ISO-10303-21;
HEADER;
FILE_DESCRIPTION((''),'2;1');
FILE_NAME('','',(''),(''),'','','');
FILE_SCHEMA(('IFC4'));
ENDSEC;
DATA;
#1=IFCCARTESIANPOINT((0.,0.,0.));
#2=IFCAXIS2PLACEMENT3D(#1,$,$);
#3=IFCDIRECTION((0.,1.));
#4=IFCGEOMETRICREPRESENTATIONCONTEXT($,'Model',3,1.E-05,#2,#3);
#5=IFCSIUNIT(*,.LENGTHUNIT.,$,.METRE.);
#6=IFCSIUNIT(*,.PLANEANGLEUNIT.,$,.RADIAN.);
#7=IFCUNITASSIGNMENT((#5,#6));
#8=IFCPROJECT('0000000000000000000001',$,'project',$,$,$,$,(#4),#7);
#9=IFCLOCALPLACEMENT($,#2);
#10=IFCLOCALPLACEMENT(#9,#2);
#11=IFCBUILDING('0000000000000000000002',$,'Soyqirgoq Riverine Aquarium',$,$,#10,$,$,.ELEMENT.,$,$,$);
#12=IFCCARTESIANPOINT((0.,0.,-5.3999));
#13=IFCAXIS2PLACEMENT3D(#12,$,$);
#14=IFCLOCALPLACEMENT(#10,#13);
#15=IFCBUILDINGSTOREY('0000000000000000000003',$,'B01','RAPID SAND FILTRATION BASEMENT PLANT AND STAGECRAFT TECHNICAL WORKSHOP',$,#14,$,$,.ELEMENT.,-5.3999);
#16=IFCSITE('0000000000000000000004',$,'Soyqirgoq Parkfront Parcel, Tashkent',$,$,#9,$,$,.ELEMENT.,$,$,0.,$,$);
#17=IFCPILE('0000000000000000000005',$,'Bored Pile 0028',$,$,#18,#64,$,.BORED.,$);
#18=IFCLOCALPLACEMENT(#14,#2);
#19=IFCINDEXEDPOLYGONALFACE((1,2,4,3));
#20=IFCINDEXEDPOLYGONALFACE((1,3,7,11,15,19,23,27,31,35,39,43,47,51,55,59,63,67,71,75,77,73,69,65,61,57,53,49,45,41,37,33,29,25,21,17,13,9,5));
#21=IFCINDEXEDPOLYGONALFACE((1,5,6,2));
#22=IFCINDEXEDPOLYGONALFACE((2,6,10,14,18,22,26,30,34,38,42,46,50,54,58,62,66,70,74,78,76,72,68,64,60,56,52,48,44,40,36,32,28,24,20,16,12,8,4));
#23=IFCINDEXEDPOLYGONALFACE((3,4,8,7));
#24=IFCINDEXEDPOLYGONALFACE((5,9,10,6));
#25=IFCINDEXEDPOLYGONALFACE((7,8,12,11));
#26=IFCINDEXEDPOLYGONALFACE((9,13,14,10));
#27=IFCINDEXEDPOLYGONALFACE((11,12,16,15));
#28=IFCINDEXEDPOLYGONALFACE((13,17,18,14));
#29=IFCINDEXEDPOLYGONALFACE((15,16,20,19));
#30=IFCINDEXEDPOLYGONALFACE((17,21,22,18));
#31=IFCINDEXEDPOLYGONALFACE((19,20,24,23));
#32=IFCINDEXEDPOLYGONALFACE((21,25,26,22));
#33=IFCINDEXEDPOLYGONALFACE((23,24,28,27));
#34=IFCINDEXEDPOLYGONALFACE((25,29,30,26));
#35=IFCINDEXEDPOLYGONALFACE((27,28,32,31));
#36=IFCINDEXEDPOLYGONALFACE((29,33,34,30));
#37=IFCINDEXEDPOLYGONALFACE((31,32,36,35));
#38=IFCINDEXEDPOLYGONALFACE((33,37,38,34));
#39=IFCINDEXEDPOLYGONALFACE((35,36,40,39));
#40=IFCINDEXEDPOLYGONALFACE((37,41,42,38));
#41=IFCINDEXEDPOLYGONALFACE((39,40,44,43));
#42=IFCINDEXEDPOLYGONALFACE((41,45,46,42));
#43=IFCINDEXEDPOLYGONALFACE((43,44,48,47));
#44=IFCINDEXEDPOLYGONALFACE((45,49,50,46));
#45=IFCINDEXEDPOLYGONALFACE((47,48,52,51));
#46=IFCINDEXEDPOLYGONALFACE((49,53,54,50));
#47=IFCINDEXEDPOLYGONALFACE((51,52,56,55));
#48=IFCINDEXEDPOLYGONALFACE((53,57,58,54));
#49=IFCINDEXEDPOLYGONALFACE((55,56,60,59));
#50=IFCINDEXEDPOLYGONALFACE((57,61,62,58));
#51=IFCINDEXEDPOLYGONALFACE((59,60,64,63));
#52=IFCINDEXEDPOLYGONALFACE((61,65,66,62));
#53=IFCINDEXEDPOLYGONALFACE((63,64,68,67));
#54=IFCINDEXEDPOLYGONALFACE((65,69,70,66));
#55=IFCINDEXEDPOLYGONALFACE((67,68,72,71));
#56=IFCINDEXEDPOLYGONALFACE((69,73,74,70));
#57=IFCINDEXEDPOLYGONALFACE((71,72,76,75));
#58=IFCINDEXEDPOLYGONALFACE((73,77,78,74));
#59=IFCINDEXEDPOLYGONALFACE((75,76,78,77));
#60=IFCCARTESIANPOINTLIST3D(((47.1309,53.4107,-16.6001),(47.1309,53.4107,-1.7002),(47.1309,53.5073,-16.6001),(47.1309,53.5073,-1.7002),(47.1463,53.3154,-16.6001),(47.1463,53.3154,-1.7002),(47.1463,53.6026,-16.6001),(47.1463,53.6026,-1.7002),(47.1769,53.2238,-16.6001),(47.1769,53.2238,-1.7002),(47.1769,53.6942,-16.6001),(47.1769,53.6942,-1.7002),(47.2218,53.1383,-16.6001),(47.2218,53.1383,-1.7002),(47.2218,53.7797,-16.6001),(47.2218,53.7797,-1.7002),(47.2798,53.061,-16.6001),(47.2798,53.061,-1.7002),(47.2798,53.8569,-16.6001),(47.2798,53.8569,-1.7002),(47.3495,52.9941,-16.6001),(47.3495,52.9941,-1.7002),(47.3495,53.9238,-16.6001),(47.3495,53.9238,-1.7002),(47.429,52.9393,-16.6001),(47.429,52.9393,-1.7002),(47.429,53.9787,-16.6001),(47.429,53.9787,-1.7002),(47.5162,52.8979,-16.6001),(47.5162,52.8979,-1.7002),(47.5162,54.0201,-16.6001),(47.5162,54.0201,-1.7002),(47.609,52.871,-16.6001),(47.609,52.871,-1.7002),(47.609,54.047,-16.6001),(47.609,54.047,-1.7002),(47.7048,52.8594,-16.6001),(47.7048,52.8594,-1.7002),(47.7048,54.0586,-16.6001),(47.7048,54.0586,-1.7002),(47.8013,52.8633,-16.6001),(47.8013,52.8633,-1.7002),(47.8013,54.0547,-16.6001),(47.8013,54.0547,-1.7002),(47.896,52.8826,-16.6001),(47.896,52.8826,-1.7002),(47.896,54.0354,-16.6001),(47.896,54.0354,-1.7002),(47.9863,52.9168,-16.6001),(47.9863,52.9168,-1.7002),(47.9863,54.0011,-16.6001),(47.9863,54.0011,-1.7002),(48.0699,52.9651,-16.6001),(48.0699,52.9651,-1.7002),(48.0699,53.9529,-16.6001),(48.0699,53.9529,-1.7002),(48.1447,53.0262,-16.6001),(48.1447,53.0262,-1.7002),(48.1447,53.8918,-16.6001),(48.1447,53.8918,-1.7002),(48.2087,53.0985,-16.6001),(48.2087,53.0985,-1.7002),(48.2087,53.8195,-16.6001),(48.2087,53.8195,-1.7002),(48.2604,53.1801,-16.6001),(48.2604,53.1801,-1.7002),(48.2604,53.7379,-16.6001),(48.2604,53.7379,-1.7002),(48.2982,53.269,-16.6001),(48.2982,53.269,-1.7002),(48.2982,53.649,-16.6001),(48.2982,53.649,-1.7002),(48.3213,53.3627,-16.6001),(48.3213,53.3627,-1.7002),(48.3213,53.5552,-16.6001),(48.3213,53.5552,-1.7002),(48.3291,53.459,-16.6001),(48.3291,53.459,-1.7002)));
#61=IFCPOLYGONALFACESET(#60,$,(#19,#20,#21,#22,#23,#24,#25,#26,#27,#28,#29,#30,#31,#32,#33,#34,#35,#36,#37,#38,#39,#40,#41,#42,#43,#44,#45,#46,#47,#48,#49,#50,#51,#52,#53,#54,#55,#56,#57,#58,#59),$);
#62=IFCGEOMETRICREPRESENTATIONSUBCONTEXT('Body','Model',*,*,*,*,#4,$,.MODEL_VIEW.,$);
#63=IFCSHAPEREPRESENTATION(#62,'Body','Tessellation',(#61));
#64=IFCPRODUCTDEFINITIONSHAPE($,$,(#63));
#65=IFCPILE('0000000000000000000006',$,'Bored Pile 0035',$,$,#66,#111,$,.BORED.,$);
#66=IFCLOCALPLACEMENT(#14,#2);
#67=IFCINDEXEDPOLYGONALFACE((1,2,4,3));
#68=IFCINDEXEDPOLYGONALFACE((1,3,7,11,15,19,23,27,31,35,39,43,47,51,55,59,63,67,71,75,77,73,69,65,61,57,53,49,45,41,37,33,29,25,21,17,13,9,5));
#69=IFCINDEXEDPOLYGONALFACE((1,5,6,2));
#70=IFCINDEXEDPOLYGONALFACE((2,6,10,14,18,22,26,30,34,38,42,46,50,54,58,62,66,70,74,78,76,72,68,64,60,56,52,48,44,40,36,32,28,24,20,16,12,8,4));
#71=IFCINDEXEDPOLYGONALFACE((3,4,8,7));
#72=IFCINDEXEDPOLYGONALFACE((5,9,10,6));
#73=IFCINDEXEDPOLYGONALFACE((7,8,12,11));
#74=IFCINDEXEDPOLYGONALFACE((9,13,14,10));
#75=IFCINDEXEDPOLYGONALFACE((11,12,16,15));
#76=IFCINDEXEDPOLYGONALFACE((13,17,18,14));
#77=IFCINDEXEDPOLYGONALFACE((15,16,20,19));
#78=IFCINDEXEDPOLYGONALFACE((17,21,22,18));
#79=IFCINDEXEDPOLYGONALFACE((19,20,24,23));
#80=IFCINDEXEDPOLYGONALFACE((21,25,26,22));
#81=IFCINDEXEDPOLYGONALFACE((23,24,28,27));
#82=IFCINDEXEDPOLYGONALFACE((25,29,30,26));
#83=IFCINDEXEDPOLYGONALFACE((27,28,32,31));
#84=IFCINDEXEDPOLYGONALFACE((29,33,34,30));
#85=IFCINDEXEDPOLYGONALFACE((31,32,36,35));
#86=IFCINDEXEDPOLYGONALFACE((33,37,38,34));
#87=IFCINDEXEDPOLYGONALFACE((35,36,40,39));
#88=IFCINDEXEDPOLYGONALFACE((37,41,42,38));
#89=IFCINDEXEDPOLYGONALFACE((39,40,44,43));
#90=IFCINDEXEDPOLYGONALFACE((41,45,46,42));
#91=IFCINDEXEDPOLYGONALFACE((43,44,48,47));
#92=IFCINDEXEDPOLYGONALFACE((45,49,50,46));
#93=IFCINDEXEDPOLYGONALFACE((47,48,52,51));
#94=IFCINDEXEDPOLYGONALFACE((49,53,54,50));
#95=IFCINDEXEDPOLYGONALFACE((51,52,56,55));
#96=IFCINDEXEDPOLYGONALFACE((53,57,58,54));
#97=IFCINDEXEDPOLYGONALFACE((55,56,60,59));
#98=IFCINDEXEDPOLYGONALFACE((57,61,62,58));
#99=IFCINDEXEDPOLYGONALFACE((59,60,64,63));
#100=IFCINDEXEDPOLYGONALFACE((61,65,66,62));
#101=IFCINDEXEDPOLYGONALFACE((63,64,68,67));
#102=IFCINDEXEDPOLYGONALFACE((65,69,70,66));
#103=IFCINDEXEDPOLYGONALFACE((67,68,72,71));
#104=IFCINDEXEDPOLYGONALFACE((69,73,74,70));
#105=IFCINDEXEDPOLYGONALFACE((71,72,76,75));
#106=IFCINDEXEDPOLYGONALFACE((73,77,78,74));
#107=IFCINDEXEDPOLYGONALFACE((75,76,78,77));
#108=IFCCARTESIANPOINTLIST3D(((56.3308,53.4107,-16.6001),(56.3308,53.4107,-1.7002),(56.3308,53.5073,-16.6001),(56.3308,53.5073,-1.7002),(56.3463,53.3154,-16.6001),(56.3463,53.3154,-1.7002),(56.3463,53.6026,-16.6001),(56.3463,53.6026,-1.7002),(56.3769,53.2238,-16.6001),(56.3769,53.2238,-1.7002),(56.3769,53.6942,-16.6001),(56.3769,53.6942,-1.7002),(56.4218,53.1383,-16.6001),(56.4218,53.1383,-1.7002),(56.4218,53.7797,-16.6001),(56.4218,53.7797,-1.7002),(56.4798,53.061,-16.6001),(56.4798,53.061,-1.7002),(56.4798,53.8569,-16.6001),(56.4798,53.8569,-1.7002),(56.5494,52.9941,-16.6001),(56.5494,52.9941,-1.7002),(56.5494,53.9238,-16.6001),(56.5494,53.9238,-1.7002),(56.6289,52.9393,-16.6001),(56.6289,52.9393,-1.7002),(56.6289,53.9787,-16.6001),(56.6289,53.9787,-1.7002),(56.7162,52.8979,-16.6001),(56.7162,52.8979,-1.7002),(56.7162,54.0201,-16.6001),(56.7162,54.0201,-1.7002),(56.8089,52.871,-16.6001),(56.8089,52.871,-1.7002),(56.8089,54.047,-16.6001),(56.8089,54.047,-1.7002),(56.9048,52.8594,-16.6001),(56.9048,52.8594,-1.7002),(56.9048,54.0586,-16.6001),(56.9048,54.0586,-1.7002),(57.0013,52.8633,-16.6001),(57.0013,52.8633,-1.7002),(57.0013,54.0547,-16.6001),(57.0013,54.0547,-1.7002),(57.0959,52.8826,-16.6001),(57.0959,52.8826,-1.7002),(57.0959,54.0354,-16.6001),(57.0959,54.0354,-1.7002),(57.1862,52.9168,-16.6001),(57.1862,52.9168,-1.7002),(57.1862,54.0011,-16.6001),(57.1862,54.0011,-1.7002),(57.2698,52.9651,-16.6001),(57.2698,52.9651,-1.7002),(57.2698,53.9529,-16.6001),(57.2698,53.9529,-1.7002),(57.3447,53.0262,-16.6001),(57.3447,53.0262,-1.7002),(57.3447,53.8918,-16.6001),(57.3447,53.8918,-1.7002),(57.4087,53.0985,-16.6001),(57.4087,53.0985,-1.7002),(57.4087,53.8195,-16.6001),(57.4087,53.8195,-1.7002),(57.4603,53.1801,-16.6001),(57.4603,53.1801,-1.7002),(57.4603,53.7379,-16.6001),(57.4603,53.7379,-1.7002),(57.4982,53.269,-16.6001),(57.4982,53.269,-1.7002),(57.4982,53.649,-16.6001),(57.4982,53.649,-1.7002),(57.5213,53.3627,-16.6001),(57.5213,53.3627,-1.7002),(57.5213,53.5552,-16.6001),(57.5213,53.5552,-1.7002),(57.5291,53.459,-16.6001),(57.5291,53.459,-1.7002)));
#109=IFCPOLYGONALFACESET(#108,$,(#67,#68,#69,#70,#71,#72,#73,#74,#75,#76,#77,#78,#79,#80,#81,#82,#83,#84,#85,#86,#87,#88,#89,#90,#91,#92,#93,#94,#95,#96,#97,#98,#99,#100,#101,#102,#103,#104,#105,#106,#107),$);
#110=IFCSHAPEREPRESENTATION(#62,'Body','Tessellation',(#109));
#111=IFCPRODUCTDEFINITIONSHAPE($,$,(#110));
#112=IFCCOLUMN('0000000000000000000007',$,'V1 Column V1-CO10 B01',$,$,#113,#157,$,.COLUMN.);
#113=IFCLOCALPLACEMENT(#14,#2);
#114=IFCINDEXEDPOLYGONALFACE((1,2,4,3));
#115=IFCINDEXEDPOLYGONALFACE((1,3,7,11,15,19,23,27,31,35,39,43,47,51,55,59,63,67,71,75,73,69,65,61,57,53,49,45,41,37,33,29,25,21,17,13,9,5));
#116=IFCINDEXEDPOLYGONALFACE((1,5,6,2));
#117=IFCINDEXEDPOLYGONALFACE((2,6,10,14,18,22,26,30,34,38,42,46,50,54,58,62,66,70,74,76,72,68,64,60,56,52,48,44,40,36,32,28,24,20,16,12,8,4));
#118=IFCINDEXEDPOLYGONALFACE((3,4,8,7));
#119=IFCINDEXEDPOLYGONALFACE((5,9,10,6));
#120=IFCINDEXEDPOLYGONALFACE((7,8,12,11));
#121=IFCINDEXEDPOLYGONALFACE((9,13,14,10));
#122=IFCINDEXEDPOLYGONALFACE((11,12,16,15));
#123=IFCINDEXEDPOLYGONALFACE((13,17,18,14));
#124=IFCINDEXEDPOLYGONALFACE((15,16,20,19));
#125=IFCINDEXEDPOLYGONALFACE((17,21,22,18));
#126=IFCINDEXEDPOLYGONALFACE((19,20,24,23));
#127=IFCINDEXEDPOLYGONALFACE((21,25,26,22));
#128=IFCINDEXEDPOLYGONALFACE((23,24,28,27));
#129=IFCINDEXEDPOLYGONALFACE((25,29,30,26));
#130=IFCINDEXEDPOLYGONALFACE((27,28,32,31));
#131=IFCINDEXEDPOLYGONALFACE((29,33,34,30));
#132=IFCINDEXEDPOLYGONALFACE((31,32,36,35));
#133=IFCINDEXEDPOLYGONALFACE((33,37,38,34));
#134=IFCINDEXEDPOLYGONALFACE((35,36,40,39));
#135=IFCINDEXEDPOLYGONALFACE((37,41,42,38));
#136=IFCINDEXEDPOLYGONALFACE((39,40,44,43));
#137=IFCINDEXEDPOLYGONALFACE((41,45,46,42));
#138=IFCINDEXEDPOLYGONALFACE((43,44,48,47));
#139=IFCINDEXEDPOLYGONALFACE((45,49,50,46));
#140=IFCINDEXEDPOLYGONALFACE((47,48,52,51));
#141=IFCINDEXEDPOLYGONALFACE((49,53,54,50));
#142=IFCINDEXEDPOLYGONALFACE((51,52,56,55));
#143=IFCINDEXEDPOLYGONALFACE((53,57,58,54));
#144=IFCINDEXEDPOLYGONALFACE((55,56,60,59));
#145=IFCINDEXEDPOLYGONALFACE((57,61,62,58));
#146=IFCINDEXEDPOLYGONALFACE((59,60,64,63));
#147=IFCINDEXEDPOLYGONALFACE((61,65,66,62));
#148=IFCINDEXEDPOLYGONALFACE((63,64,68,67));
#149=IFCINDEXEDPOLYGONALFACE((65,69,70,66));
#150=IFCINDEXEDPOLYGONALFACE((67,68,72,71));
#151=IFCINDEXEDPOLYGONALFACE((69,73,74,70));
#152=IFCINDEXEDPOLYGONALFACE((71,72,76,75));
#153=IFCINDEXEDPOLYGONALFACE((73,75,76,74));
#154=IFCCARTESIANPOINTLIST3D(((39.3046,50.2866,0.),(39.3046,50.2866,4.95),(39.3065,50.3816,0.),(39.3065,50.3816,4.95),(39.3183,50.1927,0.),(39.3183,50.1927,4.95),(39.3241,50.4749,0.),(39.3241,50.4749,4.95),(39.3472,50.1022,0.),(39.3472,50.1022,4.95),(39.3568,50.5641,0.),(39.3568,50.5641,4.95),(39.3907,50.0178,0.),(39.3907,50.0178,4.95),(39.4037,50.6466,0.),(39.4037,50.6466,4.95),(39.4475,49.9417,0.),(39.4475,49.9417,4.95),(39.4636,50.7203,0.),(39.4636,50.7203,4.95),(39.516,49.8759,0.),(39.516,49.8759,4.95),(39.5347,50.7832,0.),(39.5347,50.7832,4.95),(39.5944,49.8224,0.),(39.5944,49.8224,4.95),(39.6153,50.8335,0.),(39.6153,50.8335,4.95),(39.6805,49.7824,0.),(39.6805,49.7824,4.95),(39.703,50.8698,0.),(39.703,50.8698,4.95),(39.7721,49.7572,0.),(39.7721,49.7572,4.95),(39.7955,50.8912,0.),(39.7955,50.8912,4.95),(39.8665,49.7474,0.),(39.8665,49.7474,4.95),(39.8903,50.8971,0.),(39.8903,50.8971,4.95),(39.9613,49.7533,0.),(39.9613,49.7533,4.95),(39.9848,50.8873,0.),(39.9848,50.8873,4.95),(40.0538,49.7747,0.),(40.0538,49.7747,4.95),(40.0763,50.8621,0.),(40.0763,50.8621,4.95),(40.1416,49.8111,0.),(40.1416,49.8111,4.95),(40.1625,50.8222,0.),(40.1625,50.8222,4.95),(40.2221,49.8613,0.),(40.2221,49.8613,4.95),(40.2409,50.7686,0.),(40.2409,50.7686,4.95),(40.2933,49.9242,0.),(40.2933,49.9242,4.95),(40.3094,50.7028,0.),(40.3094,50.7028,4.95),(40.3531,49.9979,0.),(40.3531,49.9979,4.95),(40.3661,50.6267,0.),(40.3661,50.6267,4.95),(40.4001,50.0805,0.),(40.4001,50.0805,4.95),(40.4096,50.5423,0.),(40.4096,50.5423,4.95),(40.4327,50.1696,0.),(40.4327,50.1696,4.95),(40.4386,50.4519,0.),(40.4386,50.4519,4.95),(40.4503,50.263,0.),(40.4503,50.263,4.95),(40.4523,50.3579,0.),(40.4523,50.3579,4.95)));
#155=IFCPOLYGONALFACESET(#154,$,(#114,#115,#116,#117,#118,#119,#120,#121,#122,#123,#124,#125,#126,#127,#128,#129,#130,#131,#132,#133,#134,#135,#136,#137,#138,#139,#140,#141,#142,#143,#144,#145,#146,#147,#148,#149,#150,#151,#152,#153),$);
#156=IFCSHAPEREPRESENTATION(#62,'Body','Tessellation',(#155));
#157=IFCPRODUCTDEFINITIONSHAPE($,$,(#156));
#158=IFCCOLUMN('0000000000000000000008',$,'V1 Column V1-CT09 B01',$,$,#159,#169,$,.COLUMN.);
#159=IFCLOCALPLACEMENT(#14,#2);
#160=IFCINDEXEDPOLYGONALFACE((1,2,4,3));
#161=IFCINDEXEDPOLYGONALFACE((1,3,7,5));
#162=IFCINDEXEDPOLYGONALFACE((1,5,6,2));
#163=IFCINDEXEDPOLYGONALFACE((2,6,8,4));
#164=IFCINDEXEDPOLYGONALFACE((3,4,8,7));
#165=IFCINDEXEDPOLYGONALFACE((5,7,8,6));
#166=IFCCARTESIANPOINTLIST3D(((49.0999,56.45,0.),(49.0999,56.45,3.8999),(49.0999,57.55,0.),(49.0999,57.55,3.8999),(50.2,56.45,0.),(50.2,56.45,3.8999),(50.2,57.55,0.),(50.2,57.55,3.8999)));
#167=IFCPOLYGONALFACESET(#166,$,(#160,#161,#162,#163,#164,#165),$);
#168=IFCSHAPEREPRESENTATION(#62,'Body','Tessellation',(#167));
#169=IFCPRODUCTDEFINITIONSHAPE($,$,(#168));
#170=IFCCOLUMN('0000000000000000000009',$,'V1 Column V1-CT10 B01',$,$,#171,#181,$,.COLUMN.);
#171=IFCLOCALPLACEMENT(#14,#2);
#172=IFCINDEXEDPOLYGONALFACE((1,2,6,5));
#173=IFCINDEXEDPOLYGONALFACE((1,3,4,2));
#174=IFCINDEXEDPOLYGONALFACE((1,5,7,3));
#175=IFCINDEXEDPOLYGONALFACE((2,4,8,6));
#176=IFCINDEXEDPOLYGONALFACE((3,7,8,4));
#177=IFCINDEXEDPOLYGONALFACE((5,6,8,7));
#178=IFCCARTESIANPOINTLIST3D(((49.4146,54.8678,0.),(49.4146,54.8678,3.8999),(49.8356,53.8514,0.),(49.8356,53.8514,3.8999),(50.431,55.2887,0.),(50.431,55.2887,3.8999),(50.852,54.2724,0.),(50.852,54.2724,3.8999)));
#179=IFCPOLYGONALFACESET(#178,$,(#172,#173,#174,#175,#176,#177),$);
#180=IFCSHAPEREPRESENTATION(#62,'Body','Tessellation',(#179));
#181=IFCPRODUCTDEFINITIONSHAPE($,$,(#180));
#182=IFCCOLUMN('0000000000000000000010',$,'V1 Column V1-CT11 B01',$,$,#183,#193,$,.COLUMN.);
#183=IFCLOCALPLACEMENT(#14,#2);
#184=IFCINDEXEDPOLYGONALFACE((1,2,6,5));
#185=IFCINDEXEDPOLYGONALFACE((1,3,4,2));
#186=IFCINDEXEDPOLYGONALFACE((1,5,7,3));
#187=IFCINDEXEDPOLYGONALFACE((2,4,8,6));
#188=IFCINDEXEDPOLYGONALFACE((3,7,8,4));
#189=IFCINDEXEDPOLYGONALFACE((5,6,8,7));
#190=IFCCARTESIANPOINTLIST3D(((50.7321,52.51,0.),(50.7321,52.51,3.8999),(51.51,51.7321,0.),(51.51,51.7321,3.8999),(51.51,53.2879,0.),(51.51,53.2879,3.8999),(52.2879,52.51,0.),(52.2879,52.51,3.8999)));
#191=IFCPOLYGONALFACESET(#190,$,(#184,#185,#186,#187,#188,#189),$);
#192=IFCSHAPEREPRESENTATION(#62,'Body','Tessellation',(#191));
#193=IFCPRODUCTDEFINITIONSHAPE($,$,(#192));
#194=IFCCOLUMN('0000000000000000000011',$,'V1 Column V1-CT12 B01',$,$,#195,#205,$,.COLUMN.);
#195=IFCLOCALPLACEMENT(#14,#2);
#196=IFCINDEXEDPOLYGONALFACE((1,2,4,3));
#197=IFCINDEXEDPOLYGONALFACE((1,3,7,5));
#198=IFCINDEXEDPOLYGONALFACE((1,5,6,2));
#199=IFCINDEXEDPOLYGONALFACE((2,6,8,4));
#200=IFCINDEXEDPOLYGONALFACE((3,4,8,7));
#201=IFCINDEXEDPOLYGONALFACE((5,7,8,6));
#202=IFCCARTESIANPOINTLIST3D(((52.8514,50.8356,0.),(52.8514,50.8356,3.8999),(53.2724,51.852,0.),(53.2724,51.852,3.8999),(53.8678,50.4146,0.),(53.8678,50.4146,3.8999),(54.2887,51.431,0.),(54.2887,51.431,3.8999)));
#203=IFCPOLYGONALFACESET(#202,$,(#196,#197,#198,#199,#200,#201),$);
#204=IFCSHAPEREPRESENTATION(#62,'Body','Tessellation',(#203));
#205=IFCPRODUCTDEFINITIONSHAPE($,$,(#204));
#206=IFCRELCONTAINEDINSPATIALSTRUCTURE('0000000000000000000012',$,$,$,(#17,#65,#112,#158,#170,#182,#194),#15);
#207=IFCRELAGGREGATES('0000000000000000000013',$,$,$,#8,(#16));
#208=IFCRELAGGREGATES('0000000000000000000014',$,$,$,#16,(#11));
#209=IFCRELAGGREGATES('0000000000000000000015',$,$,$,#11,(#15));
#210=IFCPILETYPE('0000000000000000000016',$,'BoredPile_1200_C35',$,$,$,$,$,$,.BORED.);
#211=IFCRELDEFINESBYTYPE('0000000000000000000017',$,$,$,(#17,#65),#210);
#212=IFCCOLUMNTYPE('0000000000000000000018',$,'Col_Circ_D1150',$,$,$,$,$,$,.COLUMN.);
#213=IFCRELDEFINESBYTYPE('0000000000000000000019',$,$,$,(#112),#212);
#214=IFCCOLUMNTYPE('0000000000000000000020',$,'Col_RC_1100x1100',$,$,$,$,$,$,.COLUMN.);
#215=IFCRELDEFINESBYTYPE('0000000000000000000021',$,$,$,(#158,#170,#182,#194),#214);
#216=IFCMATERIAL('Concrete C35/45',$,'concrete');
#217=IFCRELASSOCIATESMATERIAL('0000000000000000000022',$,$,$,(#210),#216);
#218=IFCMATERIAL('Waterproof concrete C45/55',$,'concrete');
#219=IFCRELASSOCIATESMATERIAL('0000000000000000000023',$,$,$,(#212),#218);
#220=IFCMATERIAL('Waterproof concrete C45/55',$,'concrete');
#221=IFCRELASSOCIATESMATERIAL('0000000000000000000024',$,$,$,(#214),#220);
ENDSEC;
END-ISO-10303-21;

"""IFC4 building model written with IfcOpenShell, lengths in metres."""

from ifc_helpers import new_model, si_unit, direction, frame, origin, origin_2d, place, context, subcontext, project, spatial, rectangle, circle, extrude, material, material_profile, profile_set, type_object, element, save


model = new_model("IFC4")

# Units and contexts
model_context = context("Model", 3, precision=1e-05, world=origin(), true_north=direction((0.0, 1.0)))
body_context = subcontext(model_context, "Body", "Model", "MODEL_VIEW")
ifc_project = project(units=[si_unit("LENGTHUNIT", "METRE"), si_unit("PLANEANGLEUNIT", "RADIAN")], contexts=[model_context])

# Site, building, storey
site_placement = place(None, origin())
site = spatial("IfcSite", under=ifc_project, at=site_placement, Name="Soyqirgoq Parkfront Parcel, Tashkent", CompositionType="ELEMENT", RefElevation=0.0)
building_placement = place(site_placement, origin())
building = spatial("IfcBuilding", under=site, at=building_placement, Name="Soyqirgoq Riverine Aquarium", CompositionType="ELEMENT")
storey_placement = place(building_placement, frame((0.0, 0.0, -5.3999)))
storey = spatial("IfcBuildingStorey", under=building, at=storey_placement, Name="B01", Description="RAPID SAND FILTRATION BASEMENT PLANT AND STAGECRAFT TECHNICAL WORKSHOP", CompositionType="ELEMENT", Elevation=-5.3999)

# Piles
ifc_material_1 = material(Name="Concrete C35/45", Category="concrete")
ifc_material_profile_1 = material_profile(ifc_material_1, circle(Radius=0.6001, at=origin_2d()), Name="BP D1200")
ifc_profile_set_1 = profile_set([ifc_material_profile_1], Name="Concrete C35/45")
pile_type = type_object("IfcPileType", Name="BoredPile_1200_C35", PredefinedType="BORED", material=ifc_profile_set_1)
for number, where, z_axis, x_axis, name in (
    (1, (47.729, 53.459, -1.7002), (0.0, 0.0, -1.0), (1.0, 0.0, 0.0), "Bored Pile 0028"),
    (2, (56.929, 53.459, -1.7002), (0.0, 0.0, -1.0), (1.0, 0.0, 0.0), "Bored Pile 0035"),
):
    element("IfcPile", number, at=place(storey_placement, frame(where, z_axis=z_axis, x_axis=x_axis)), inside=storey, type_object=pile_type, Name=name, PredefinedType="BORED", context=body_context, shape_type="SweptSolid", body=[
        extrude(circle(Radius=0.6001, at=origin_2d()), origin(), (0.0, 0.0, 1.0), 14.8999),
    ])

# Columns
ifc_material_2 = material(Name="Waterproof concrete C45/55", Category="concrete")
ifc_material_profile_2 = material_profile(ifc_material_2, circle(Radius=0.575, at=origin_2d()), Name="RC-COL D1150")
ifc_profile_set_2 = profile_set([ifc_material_profile_2], Name="Waterproof concrete C45/55")
column_type_1 = type_object("IfcColumnType", Name="Col_Circ_D1150", PredefinedType="COLUMN", material=ifc_profile_set_2)
column_placement = place(storey_placement, frame((39.8784, 50.3223, 0.0), z_axis=(0.0, 0.0, 1.0), x_axis=(-0.92388, -0.382683, 0.0)))
element("IfcColumn", 3, at=column_placement, inside=storey, type_object=column_type_1, Name="V1 Column V1-CO10 B01", PredefinedType="COLUMN", context=body_context, shape_type="SweptSolid", body=[
    extrude(circle(Radius=0.575, at=origin_2d()), origin(), (0.0, 0.0, 1.0), 4.95),
])
ifc_material_3 = material(Name="Waterproof concrete C45/55", Category="concrete")
ifc_material_profile_3 = material_profile(ifc_material_3, rectangle(XDim=1.1001, YDim=1.1001, at=origin_2d()), Name="RC 1100x1100")
ifc_profile_set_3 = profile_set([ifc_material_profile_3], Name="Waterproof concrete C45/55")
column_type_2 = type_object("IfcColumnType", Name="Col_RC_1100x1100", PredefinedType="COLUMN", material=ifc_profile_set_3)
for number, where, z_axis, x_axis, name in (
    (4, (49.6499, 57.0, 0.0), (0.0, 0.0, 1.0), (-1.0, 0.0, 0.0), "V1 Column V1-CT09 B01"),
    (5, (50.1333, 54.5701, 0.0), (0.0, 0.0, 1.0), (-0.92388, -0.382683, 0.0), "V1 Column V1-CT10 B01"),
    (6, (51.51, 52.51, 0.0), (0.0, 0.0, 1.0), (-0.707107, -0.707107, 0.0), "V1 Column V1-CT11 B01"),
    (7, (53.5701, 51.1333, 0.0), (0.0, 0.0, 1.0), (-0.382683, -0.92388, 0.0), "V1 Column V1-CT12 B01"),
):
    element("IfcColumn", number, at=place(storey_placement, frame(where, z_axis=z_axis, x_axis=x_axis)), inside=storey, type_object=column_type_2, Name=name, PredefinedType="COLUMN", context=body_context, shape_type="SweptSolid", body=[
        extrude(rectangle(XDim=1.1001, YDim=1.1001, at=origin_2d()), origin(), (0.0, 0.0, 1.0), 3.8999),
    ])

save(model, "model.ifc")
